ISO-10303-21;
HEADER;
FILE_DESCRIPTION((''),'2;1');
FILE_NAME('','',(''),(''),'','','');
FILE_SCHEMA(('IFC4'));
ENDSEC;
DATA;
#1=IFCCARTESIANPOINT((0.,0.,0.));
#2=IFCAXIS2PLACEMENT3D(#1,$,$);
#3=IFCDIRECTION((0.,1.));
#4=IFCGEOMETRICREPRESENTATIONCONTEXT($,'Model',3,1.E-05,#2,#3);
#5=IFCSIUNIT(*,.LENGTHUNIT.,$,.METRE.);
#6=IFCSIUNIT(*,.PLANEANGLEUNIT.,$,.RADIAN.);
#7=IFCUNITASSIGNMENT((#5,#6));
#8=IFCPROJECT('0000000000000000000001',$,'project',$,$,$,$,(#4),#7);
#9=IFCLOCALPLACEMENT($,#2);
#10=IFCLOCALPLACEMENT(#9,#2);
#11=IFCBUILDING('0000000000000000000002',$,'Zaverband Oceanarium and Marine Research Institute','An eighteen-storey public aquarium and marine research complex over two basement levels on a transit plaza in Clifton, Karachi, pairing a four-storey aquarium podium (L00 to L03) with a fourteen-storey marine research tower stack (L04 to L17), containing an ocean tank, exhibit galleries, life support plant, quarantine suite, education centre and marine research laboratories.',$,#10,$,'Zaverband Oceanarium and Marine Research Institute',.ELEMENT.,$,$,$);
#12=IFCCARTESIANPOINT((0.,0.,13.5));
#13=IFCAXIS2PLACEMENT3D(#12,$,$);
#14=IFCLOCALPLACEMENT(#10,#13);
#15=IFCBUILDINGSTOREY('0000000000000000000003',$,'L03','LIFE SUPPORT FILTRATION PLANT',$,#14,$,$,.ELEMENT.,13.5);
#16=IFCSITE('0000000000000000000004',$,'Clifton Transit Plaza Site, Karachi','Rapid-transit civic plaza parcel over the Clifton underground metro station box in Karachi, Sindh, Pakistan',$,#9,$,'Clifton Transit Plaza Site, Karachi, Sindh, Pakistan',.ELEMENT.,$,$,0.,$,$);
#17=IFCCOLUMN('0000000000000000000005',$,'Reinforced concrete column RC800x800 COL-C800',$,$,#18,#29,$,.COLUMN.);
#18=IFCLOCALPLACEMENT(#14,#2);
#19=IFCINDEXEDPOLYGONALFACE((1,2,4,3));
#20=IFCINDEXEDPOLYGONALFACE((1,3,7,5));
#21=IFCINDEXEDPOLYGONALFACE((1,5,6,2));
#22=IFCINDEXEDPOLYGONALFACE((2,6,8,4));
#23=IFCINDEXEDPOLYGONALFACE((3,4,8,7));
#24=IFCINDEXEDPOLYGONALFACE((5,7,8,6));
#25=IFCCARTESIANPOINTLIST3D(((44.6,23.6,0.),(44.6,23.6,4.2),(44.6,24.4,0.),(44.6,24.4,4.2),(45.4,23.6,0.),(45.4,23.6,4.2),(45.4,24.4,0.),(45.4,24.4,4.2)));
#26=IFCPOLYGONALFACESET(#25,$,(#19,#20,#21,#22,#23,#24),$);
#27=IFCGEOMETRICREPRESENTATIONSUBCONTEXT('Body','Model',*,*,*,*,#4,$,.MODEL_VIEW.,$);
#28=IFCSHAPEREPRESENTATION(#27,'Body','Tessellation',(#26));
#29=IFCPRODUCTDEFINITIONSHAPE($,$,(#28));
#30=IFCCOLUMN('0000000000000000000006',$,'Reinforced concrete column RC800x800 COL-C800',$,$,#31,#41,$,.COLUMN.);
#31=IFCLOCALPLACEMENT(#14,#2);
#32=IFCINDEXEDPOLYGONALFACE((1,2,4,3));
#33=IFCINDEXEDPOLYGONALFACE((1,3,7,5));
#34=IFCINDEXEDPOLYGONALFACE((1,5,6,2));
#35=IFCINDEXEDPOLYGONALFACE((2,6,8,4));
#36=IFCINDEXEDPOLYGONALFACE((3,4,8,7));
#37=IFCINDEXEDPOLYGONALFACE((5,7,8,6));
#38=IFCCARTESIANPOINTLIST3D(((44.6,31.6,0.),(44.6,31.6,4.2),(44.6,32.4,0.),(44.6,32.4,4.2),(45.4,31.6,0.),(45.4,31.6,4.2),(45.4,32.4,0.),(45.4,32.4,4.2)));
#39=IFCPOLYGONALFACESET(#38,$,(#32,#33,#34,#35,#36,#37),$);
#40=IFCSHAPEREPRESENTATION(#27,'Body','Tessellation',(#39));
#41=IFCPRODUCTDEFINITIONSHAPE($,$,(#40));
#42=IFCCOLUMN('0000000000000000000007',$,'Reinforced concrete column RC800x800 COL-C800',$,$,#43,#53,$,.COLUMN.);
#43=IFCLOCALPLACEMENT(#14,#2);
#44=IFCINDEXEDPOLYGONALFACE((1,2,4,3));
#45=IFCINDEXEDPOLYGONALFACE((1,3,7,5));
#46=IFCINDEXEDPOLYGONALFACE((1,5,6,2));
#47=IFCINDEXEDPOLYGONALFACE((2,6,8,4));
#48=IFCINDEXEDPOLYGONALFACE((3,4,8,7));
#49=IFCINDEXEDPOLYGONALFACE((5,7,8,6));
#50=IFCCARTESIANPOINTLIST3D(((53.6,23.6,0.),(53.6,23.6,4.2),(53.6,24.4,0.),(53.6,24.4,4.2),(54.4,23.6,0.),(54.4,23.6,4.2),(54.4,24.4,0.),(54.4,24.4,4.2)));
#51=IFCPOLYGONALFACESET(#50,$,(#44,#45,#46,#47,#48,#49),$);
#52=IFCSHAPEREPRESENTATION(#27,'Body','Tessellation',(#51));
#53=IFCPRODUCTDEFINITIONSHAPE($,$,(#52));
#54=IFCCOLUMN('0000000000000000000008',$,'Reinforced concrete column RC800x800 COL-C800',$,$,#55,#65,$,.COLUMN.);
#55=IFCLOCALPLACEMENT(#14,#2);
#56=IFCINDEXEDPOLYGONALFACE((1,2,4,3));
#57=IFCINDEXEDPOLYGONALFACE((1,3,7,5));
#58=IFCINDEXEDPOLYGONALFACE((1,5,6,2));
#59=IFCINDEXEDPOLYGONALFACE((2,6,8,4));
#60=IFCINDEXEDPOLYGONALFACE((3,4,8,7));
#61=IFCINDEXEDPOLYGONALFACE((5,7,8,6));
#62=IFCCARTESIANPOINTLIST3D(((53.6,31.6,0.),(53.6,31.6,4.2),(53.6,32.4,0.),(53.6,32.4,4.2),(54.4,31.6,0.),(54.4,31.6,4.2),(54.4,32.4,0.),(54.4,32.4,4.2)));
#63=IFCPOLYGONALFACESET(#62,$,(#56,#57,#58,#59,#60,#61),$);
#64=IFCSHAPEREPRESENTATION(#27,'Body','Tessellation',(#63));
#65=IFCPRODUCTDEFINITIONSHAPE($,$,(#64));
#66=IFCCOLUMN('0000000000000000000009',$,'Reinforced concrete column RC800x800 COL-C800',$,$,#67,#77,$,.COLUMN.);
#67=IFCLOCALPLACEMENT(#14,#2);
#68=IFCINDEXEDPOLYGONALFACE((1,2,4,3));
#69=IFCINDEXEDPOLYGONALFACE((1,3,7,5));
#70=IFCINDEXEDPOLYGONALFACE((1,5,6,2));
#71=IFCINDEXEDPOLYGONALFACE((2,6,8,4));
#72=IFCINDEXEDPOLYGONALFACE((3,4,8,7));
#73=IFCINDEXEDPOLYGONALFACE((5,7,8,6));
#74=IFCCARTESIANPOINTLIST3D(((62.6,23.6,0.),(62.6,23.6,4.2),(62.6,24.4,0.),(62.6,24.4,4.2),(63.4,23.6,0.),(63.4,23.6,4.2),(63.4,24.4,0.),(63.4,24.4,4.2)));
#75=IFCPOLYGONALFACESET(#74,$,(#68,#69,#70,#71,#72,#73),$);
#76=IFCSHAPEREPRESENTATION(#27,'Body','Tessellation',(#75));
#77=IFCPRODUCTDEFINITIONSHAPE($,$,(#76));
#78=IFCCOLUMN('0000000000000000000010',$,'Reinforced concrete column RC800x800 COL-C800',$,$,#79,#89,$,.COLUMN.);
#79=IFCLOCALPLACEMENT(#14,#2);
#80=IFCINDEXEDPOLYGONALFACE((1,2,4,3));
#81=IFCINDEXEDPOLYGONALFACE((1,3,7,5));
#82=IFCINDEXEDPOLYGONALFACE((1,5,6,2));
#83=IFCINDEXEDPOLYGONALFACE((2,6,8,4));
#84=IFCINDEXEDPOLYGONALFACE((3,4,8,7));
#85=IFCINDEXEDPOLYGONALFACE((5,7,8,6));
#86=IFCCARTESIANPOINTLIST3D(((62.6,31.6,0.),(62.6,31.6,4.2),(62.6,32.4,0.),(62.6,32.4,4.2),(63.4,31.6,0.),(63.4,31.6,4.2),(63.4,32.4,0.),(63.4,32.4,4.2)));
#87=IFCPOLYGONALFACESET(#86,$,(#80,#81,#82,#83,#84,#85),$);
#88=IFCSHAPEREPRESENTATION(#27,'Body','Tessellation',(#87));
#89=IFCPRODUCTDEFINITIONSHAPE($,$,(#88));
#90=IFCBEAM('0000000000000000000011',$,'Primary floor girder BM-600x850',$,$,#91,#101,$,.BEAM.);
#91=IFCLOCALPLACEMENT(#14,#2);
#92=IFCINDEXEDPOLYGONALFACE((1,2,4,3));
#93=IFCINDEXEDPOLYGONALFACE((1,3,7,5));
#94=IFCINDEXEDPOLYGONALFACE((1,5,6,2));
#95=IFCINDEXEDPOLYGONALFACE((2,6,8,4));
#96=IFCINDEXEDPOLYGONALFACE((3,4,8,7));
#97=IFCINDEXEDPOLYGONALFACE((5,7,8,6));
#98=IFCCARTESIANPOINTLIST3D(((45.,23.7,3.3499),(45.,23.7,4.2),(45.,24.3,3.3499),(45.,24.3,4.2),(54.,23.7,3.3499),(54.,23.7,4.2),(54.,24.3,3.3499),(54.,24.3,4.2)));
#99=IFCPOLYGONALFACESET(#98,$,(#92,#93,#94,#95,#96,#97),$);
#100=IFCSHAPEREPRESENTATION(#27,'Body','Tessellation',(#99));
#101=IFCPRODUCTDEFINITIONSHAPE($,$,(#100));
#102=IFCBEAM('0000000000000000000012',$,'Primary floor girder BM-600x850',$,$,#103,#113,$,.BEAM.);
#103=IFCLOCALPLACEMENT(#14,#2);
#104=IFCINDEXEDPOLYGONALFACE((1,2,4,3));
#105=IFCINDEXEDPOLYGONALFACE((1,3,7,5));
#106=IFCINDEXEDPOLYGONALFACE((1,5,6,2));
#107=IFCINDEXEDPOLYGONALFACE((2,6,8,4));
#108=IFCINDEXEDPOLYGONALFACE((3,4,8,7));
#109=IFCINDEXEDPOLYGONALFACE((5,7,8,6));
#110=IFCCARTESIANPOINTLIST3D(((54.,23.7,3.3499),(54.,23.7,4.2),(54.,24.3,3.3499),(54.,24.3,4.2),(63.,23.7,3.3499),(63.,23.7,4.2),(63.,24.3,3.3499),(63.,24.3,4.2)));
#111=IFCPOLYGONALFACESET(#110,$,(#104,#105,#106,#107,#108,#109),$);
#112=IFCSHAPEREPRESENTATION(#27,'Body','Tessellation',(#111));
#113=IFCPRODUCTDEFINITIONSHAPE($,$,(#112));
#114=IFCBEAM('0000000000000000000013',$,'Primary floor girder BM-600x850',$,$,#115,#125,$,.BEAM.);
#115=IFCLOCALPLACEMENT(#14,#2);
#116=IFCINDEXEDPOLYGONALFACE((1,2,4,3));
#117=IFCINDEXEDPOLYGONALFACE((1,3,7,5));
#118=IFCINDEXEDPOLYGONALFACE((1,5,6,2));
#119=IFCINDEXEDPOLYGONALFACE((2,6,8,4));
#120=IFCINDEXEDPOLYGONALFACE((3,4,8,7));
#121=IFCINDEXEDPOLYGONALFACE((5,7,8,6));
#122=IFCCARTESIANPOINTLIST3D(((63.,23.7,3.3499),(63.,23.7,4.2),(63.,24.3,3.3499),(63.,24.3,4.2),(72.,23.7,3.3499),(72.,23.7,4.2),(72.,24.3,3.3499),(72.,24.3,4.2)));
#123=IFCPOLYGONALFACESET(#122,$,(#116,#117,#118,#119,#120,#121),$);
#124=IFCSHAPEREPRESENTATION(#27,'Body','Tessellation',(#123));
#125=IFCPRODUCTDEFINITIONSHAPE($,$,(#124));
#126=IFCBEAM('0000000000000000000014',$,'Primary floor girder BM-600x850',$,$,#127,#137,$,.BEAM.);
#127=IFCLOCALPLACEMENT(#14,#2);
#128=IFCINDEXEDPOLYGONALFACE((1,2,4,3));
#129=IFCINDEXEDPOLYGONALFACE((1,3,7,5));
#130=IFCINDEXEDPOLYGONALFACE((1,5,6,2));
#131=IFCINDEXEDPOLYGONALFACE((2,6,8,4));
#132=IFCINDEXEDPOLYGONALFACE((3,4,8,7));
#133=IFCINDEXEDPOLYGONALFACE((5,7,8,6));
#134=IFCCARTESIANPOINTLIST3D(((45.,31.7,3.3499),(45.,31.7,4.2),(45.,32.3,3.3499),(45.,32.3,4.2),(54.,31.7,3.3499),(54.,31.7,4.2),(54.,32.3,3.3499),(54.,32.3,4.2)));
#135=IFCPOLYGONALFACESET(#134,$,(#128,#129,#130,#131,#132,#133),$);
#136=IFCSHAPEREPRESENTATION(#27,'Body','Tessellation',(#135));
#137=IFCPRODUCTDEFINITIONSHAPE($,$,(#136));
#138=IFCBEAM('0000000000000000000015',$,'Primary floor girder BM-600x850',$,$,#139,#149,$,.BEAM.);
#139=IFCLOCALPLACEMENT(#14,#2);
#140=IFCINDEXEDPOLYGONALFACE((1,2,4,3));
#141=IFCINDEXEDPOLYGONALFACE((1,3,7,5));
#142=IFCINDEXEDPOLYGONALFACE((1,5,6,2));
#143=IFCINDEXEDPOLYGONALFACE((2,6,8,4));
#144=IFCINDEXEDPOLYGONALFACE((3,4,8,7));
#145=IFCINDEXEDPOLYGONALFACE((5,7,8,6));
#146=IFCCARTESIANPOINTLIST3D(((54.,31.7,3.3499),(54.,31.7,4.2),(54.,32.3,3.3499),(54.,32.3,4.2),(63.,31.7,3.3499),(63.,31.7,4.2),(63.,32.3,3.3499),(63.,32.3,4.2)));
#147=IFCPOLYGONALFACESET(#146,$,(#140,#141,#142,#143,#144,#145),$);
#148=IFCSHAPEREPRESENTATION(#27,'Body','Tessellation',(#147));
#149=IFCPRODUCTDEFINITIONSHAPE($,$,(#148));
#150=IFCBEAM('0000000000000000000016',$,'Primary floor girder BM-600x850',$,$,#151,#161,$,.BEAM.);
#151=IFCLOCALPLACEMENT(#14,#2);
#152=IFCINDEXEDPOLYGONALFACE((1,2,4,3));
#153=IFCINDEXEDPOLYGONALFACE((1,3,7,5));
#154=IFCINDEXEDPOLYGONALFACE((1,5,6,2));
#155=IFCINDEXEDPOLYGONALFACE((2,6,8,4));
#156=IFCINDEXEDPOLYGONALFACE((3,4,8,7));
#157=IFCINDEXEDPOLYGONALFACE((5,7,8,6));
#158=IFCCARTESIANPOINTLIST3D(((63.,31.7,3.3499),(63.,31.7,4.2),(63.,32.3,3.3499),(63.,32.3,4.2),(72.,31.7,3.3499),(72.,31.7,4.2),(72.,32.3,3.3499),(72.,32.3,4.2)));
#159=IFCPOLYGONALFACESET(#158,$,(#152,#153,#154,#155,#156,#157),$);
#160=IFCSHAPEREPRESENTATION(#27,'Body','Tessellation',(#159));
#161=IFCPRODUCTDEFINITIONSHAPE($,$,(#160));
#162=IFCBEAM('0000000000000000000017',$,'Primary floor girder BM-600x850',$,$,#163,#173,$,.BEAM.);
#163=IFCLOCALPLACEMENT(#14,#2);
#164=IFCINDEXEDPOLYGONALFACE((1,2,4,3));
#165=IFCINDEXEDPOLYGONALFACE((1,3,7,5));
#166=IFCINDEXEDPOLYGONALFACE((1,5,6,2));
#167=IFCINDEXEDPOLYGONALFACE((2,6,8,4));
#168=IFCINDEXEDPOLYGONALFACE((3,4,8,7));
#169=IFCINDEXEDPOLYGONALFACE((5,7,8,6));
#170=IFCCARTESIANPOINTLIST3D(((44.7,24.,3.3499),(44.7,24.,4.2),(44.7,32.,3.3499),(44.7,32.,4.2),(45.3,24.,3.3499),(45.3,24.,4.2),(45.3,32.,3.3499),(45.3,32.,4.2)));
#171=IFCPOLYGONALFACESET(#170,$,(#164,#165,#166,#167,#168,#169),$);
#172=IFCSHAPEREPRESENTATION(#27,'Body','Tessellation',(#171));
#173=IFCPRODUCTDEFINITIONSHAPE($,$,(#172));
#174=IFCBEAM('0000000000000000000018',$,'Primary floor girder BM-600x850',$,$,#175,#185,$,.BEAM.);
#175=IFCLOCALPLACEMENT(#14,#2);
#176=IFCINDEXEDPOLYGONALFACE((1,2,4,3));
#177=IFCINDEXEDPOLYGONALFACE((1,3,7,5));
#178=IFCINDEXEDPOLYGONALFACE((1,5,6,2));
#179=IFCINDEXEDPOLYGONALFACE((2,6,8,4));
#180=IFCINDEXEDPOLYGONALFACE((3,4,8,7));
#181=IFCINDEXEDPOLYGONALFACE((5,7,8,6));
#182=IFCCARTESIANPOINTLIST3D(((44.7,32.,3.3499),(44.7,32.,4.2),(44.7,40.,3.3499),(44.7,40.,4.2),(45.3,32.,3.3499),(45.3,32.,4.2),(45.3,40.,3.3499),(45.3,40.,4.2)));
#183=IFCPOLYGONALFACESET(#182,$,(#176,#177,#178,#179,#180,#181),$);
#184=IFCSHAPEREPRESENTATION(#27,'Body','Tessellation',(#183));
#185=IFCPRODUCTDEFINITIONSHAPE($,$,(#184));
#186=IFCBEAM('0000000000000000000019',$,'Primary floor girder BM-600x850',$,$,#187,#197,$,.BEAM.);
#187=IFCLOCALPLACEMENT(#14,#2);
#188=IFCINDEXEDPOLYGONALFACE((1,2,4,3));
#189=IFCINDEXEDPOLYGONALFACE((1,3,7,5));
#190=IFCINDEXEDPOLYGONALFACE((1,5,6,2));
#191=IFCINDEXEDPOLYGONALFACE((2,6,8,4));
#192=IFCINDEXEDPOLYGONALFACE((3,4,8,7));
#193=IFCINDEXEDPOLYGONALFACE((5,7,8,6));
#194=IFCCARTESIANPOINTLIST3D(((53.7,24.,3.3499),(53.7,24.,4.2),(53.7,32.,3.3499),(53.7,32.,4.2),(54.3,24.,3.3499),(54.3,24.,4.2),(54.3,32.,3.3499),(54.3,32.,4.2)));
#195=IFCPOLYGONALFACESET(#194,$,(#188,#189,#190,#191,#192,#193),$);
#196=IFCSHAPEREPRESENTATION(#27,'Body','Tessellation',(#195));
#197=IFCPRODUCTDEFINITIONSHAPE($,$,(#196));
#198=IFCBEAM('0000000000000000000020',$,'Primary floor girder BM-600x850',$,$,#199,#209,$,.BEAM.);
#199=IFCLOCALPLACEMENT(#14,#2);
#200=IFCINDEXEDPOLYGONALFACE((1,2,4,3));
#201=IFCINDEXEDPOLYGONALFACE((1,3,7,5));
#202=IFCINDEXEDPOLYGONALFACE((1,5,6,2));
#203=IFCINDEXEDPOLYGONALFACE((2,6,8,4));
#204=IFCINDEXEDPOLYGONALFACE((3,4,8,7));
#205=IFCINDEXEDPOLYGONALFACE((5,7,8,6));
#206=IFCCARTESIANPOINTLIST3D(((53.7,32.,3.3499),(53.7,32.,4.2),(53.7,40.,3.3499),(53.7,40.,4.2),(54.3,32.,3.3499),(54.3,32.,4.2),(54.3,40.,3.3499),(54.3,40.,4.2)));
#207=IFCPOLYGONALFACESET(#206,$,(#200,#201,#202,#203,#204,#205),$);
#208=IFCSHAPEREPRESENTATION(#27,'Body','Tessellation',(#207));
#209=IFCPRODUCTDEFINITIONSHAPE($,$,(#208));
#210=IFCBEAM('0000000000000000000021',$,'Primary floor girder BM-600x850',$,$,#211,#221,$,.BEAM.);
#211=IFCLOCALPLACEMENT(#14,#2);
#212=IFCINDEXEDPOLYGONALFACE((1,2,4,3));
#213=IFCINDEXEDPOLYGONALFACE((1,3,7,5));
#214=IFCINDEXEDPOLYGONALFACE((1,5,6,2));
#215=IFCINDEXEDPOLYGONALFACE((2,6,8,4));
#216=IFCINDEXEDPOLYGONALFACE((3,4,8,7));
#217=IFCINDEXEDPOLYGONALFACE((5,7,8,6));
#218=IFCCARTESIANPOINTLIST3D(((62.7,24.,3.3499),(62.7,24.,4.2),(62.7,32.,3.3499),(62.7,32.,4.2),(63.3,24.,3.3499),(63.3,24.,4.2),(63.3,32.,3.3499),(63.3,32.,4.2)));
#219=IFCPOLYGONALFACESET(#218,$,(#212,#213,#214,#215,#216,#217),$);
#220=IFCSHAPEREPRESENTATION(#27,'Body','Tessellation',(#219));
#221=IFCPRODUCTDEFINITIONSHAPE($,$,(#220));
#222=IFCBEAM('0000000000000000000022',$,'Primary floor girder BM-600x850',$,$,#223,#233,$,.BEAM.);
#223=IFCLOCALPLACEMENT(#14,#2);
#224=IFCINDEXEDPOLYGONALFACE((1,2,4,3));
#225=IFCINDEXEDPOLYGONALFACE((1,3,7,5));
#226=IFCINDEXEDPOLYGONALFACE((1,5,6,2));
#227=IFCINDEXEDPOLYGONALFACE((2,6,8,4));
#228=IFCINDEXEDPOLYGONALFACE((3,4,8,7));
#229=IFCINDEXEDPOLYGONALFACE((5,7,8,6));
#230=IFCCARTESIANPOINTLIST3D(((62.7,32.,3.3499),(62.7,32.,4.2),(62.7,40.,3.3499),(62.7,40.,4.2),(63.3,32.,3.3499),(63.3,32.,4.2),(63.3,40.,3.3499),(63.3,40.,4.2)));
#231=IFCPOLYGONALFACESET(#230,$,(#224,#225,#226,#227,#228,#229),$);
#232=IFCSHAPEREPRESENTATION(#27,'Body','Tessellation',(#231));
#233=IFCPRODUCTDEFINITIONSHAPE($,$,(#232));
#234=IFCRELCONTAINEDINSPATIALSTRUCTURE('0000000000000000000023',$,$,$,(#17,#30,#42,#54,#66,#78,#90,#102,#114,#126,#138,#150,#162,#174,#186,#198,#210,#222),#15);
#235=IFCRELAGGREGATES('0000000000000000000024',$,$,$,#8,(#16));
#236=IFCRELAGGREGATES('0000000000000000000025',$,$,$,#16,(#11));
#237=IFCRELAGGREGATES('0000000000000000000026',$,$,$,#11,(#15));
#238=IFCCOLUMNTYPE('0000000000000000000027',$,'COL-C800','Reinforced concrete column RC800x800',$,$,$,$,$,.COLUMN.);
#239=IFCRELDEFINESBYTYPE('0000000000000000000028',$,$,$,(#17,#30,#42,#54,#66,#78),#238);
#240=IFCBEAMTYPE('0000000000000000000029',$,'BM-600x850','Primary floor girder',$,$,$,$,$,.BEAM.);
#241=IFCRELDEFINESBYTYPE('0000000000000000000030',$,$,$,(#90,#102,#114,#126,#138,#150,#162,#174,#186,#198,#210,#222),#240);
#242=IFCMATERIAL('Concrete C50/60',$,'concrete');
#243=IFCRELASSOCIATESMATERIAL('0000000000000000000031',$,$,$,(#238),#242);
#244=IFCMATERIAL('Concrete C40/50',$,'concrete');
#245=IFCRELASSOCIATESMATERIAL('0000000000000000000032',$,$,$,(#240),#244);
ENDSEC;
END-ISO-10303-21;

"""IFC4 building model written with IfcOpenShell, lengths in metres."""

from ifc_helpers import new_model, si_unit, direction, frame, origin, origin_2d, place, context, subcontext, project, spatial, rectangle, extrude, material, material_profile, profile_set, type_object, element, save


model = new_model("IFC4")

# Units and contexts
model_context = context("Model", 3, precision=1e-05, world=origin(), true_north=direction((0.0, 1.0)))
body_context = subcontext(model_context, "Body", "Model", "MODEL_VIEW")
ifc_project = project(units=[si_unit("LENGTHUNIT", "METRE"), si_unit("PLANEANGLEUNIT", "RADIAN")], contexts=[model_context])

# Site, building, storey
site_placement = place(None, origin())
site = spatial("IfcSite", under=ifc_project, at=site_placement, Name="Clifton Transit Plaza Site, Karachi", Description="Rapid-transit civic plaza parcel over the Clifton underground metro station box in Karachi, Sindh, Pakistan", LongName="Clifton Transit Plaza Site, Karachi, Sindh, Pakistan", CompositionType="ELEMENT", RefElevation=0.0)
building_placement = place(site_placement, origin())
building = spatial("IfcBuilding", under=site, at=building_placement, Name="Zaverband Oceanarium and Marine Research Institute", Description="An eighteen-storey public aquarium and marine research complex over two basement levels on a transit plaza in Clifton, Karachi, pairing a four-storey aquarium podium (L00 to L03) with a fourteen-storey marine research tower stack (L04 to L17), containing an ocean tank, exhibit galleries, life support plant, quarantine suite, education centre and marine research laboratories.", LongName="Zaverband Oceanarium and Marine Research Institute", CompositionType="ELEMENT")
storey_placement = place(building_placement, frame((0.0, 0.0, 13.5)))
storey = spatial("IfcBuildingStorey", under=building, at=storey_placement, Name="L03", Description="LIFE SUPPORT FILTRATION PLANT", CompositionType="ELEMENT", Elevation=13.5)

# Columns
ifc_material_1 = material(Name="Concrete C50/60", Category="concrete")
ifc_material_profile_1 = material_profile(ifc_material_1, rectangle(XDim=0.8, YDim=0.8, at=origin_2d()), Name="RC800x800")
ifc_profile_set_1 = profile_set([ifc_material_profile_1], Name="Concrete C50/60")
column_type = type_object("IfcColumnType", Name="COL-C800", Description="Reinforced concrete column RC800x800", PredefinedType="COLUMN", material=ifc_profile_set_1)
for number, where, z_axis, x_axis, name in (
    (1, (45.0, 24.0, 0.0), (0.0, 0.0, 1.0), (1.0, 0.0, 0.0), "Reinforced concrete column RC800x800 COL-C800"),
    (2, (45.0, 32.0, 0.0), (0.0, 0.0, 1.0), (1.0, 0.0, 0.0), "Reinforced concrete column RC800x800 COL-C800"),
    (3, (54.0, 24.0, 0.0), (0.0, 0.0, 1.0), (1.0, 0.0, 0.0), "Reinforced concrete column RC800x800 COL-C800"),
    (4, (54.0, 32.0, 0.0), (0.0, 0.0, 1.0), (1.0, 0.0, 0.0), "Reinforced concrete column RC800x800 COL-C800"),
    (5, (63.0, 24.0, 0.0), (0.0, 0.0, 1.0), (1.0, 0.0, 0.0), "Reinforced concrete column RC800x800 COL-C800"),
    (6, (63.0, 32.0, 0.0), (0.0, 0.0, 1.0), (1.0, 0.0, 0.0), "Reinforced concrete column RC800x800 COL-C800"),
):
    element("IfcColumn", number, at=place(storey_placement, frame(where, z_axis=z_axis, x_axis=x_axis)), inside=storey, type_object=column_type, Name=name, PredefinedType="COLUMN", context=body_context, shape_type="SweptSolid", body=[
        extrude(rectangle(XDim=0.8, YDim=0.8, at=origin_2d()), origin(), (0.0, 0.0, 1.0), 4.2),
    ])

# Beams
ifc_material_2 = material(Name="Concrete C40/50", Category="concrete")
ifc_material_profile_2 = material_profile(ifc_material_2, rectangle(XDim=0.6001, YDim=0.8501, at=origin_2d()), Name="RC600x850")
ifc_profile_set_2 = profile_set([ifc_material_profile_2], Name="Concrete C40/50")
beam_type_1 = type_object("IfcBeamType", Name="BM-600x850", Description="Primary floor girder", PredefinedType="BEAM", material=ifc_profile_set_2)
for number, where, z_axis, x_axis, name in (
    (7, (45.0, 24.0, 3.7749), (1.0, 0.0, 0.0), (0.0, 1.0, 0.0), "Primary floor girder BM-600x850"),
    (8, (54.0, 24.0, 3.7749), (1.0, 0.0, 0.0), (0.0, 1.0, 0.0), "Primary floor girder BM-600x850"),
    (9, (63.0, 24.0, 3.7749), (1.0, 0.0, 0.0), (0.0, 1.0, 0.0), "Primary floor girder BM-600x850"),
    (10, (45.0, 32.0, 3.7749), (1.0, 0.0, 0.0), (0.0, 1.0, 0.0), "Primary floor girder BM-600x850"),
    (11, (54.0, 32.0, 3.7749), (1.0, 0.0, 0.0), (0.0, 1.0, 0.0), "Primary floor girder BM-600x850"),
    (12, (63.0, 32.0, 3.7749), (1.0, 0.0, 0.0), (0.0, 1.0, 0.0), "Primary floor girder BM-600x850"),
):
    element("IfcBeam", number, at=place(storey_placement, frame(where, z_axis=z_axis, x_axis=x_axis)), inside=storey, type_object=beam_type_1, Name=name, PredefinedType="BEAM", context=body_context, shape_type="SweptSolid", body=[
        extrude(rectangle(XDim=0.6001, YDim=0.8501, at=origin_2d()), origin(), (0.0, 0.0, 1.0), 9.0),
    ])
for number, where, z_axis, x_axis, name in (
    (13, (45.0, 24.0, 3.7749), (0.0, 1.0, 0.0), (-1.0, 0.0, 0.0), "Primary floor girder BM-600x850"),
    (14, (45.0, 32.0, 3.7749), (0.0, 1.0, 0.0), (-1.0, 0.0, 0.0), "Primary floor girder BM-600x850"),
    (15, (54.0, 24.0, 3.7749), (0.0, 1.0, 0.0), (-1.0, 0.0, 0.0), "Primary floor girder BM-600x850"),
    (16, (54.0, 32.0, 3.7749), (0.0, 1.0, 0.0), (-1.0, 0.0, 0.0), "Primary floor girder BM-600x850"),
    (17, (63.0, 24.0, 3.7749), (0.0, 1.0, 0.0), (-1.0, 0.0, 0.0), "Primary floor girder BM-600x850"),
    (18, (63.0, 32.0, 3.7749), (0.0, 1.0, 0.0), (-1.0, 0.0, 0.0), "Primary floor girder BM-600x850"),
):
    element("IfcBeam", number, at=place(storey_placement, frame(where, z_axis=z_axis, x_axis=x_axis)), inside=storey, type_object=beam_type_1, Name=name, PredefinedType="BEAM", context=body_context, shape_type="SweptSolid", body=[
        extrude(rectangle(XDim=0.6001, YDim=0.8501, at=origin_2d()), origin(), (0.0, 0.0, 1.0), 8.0),
    ])

save(model, "model.ifc")
